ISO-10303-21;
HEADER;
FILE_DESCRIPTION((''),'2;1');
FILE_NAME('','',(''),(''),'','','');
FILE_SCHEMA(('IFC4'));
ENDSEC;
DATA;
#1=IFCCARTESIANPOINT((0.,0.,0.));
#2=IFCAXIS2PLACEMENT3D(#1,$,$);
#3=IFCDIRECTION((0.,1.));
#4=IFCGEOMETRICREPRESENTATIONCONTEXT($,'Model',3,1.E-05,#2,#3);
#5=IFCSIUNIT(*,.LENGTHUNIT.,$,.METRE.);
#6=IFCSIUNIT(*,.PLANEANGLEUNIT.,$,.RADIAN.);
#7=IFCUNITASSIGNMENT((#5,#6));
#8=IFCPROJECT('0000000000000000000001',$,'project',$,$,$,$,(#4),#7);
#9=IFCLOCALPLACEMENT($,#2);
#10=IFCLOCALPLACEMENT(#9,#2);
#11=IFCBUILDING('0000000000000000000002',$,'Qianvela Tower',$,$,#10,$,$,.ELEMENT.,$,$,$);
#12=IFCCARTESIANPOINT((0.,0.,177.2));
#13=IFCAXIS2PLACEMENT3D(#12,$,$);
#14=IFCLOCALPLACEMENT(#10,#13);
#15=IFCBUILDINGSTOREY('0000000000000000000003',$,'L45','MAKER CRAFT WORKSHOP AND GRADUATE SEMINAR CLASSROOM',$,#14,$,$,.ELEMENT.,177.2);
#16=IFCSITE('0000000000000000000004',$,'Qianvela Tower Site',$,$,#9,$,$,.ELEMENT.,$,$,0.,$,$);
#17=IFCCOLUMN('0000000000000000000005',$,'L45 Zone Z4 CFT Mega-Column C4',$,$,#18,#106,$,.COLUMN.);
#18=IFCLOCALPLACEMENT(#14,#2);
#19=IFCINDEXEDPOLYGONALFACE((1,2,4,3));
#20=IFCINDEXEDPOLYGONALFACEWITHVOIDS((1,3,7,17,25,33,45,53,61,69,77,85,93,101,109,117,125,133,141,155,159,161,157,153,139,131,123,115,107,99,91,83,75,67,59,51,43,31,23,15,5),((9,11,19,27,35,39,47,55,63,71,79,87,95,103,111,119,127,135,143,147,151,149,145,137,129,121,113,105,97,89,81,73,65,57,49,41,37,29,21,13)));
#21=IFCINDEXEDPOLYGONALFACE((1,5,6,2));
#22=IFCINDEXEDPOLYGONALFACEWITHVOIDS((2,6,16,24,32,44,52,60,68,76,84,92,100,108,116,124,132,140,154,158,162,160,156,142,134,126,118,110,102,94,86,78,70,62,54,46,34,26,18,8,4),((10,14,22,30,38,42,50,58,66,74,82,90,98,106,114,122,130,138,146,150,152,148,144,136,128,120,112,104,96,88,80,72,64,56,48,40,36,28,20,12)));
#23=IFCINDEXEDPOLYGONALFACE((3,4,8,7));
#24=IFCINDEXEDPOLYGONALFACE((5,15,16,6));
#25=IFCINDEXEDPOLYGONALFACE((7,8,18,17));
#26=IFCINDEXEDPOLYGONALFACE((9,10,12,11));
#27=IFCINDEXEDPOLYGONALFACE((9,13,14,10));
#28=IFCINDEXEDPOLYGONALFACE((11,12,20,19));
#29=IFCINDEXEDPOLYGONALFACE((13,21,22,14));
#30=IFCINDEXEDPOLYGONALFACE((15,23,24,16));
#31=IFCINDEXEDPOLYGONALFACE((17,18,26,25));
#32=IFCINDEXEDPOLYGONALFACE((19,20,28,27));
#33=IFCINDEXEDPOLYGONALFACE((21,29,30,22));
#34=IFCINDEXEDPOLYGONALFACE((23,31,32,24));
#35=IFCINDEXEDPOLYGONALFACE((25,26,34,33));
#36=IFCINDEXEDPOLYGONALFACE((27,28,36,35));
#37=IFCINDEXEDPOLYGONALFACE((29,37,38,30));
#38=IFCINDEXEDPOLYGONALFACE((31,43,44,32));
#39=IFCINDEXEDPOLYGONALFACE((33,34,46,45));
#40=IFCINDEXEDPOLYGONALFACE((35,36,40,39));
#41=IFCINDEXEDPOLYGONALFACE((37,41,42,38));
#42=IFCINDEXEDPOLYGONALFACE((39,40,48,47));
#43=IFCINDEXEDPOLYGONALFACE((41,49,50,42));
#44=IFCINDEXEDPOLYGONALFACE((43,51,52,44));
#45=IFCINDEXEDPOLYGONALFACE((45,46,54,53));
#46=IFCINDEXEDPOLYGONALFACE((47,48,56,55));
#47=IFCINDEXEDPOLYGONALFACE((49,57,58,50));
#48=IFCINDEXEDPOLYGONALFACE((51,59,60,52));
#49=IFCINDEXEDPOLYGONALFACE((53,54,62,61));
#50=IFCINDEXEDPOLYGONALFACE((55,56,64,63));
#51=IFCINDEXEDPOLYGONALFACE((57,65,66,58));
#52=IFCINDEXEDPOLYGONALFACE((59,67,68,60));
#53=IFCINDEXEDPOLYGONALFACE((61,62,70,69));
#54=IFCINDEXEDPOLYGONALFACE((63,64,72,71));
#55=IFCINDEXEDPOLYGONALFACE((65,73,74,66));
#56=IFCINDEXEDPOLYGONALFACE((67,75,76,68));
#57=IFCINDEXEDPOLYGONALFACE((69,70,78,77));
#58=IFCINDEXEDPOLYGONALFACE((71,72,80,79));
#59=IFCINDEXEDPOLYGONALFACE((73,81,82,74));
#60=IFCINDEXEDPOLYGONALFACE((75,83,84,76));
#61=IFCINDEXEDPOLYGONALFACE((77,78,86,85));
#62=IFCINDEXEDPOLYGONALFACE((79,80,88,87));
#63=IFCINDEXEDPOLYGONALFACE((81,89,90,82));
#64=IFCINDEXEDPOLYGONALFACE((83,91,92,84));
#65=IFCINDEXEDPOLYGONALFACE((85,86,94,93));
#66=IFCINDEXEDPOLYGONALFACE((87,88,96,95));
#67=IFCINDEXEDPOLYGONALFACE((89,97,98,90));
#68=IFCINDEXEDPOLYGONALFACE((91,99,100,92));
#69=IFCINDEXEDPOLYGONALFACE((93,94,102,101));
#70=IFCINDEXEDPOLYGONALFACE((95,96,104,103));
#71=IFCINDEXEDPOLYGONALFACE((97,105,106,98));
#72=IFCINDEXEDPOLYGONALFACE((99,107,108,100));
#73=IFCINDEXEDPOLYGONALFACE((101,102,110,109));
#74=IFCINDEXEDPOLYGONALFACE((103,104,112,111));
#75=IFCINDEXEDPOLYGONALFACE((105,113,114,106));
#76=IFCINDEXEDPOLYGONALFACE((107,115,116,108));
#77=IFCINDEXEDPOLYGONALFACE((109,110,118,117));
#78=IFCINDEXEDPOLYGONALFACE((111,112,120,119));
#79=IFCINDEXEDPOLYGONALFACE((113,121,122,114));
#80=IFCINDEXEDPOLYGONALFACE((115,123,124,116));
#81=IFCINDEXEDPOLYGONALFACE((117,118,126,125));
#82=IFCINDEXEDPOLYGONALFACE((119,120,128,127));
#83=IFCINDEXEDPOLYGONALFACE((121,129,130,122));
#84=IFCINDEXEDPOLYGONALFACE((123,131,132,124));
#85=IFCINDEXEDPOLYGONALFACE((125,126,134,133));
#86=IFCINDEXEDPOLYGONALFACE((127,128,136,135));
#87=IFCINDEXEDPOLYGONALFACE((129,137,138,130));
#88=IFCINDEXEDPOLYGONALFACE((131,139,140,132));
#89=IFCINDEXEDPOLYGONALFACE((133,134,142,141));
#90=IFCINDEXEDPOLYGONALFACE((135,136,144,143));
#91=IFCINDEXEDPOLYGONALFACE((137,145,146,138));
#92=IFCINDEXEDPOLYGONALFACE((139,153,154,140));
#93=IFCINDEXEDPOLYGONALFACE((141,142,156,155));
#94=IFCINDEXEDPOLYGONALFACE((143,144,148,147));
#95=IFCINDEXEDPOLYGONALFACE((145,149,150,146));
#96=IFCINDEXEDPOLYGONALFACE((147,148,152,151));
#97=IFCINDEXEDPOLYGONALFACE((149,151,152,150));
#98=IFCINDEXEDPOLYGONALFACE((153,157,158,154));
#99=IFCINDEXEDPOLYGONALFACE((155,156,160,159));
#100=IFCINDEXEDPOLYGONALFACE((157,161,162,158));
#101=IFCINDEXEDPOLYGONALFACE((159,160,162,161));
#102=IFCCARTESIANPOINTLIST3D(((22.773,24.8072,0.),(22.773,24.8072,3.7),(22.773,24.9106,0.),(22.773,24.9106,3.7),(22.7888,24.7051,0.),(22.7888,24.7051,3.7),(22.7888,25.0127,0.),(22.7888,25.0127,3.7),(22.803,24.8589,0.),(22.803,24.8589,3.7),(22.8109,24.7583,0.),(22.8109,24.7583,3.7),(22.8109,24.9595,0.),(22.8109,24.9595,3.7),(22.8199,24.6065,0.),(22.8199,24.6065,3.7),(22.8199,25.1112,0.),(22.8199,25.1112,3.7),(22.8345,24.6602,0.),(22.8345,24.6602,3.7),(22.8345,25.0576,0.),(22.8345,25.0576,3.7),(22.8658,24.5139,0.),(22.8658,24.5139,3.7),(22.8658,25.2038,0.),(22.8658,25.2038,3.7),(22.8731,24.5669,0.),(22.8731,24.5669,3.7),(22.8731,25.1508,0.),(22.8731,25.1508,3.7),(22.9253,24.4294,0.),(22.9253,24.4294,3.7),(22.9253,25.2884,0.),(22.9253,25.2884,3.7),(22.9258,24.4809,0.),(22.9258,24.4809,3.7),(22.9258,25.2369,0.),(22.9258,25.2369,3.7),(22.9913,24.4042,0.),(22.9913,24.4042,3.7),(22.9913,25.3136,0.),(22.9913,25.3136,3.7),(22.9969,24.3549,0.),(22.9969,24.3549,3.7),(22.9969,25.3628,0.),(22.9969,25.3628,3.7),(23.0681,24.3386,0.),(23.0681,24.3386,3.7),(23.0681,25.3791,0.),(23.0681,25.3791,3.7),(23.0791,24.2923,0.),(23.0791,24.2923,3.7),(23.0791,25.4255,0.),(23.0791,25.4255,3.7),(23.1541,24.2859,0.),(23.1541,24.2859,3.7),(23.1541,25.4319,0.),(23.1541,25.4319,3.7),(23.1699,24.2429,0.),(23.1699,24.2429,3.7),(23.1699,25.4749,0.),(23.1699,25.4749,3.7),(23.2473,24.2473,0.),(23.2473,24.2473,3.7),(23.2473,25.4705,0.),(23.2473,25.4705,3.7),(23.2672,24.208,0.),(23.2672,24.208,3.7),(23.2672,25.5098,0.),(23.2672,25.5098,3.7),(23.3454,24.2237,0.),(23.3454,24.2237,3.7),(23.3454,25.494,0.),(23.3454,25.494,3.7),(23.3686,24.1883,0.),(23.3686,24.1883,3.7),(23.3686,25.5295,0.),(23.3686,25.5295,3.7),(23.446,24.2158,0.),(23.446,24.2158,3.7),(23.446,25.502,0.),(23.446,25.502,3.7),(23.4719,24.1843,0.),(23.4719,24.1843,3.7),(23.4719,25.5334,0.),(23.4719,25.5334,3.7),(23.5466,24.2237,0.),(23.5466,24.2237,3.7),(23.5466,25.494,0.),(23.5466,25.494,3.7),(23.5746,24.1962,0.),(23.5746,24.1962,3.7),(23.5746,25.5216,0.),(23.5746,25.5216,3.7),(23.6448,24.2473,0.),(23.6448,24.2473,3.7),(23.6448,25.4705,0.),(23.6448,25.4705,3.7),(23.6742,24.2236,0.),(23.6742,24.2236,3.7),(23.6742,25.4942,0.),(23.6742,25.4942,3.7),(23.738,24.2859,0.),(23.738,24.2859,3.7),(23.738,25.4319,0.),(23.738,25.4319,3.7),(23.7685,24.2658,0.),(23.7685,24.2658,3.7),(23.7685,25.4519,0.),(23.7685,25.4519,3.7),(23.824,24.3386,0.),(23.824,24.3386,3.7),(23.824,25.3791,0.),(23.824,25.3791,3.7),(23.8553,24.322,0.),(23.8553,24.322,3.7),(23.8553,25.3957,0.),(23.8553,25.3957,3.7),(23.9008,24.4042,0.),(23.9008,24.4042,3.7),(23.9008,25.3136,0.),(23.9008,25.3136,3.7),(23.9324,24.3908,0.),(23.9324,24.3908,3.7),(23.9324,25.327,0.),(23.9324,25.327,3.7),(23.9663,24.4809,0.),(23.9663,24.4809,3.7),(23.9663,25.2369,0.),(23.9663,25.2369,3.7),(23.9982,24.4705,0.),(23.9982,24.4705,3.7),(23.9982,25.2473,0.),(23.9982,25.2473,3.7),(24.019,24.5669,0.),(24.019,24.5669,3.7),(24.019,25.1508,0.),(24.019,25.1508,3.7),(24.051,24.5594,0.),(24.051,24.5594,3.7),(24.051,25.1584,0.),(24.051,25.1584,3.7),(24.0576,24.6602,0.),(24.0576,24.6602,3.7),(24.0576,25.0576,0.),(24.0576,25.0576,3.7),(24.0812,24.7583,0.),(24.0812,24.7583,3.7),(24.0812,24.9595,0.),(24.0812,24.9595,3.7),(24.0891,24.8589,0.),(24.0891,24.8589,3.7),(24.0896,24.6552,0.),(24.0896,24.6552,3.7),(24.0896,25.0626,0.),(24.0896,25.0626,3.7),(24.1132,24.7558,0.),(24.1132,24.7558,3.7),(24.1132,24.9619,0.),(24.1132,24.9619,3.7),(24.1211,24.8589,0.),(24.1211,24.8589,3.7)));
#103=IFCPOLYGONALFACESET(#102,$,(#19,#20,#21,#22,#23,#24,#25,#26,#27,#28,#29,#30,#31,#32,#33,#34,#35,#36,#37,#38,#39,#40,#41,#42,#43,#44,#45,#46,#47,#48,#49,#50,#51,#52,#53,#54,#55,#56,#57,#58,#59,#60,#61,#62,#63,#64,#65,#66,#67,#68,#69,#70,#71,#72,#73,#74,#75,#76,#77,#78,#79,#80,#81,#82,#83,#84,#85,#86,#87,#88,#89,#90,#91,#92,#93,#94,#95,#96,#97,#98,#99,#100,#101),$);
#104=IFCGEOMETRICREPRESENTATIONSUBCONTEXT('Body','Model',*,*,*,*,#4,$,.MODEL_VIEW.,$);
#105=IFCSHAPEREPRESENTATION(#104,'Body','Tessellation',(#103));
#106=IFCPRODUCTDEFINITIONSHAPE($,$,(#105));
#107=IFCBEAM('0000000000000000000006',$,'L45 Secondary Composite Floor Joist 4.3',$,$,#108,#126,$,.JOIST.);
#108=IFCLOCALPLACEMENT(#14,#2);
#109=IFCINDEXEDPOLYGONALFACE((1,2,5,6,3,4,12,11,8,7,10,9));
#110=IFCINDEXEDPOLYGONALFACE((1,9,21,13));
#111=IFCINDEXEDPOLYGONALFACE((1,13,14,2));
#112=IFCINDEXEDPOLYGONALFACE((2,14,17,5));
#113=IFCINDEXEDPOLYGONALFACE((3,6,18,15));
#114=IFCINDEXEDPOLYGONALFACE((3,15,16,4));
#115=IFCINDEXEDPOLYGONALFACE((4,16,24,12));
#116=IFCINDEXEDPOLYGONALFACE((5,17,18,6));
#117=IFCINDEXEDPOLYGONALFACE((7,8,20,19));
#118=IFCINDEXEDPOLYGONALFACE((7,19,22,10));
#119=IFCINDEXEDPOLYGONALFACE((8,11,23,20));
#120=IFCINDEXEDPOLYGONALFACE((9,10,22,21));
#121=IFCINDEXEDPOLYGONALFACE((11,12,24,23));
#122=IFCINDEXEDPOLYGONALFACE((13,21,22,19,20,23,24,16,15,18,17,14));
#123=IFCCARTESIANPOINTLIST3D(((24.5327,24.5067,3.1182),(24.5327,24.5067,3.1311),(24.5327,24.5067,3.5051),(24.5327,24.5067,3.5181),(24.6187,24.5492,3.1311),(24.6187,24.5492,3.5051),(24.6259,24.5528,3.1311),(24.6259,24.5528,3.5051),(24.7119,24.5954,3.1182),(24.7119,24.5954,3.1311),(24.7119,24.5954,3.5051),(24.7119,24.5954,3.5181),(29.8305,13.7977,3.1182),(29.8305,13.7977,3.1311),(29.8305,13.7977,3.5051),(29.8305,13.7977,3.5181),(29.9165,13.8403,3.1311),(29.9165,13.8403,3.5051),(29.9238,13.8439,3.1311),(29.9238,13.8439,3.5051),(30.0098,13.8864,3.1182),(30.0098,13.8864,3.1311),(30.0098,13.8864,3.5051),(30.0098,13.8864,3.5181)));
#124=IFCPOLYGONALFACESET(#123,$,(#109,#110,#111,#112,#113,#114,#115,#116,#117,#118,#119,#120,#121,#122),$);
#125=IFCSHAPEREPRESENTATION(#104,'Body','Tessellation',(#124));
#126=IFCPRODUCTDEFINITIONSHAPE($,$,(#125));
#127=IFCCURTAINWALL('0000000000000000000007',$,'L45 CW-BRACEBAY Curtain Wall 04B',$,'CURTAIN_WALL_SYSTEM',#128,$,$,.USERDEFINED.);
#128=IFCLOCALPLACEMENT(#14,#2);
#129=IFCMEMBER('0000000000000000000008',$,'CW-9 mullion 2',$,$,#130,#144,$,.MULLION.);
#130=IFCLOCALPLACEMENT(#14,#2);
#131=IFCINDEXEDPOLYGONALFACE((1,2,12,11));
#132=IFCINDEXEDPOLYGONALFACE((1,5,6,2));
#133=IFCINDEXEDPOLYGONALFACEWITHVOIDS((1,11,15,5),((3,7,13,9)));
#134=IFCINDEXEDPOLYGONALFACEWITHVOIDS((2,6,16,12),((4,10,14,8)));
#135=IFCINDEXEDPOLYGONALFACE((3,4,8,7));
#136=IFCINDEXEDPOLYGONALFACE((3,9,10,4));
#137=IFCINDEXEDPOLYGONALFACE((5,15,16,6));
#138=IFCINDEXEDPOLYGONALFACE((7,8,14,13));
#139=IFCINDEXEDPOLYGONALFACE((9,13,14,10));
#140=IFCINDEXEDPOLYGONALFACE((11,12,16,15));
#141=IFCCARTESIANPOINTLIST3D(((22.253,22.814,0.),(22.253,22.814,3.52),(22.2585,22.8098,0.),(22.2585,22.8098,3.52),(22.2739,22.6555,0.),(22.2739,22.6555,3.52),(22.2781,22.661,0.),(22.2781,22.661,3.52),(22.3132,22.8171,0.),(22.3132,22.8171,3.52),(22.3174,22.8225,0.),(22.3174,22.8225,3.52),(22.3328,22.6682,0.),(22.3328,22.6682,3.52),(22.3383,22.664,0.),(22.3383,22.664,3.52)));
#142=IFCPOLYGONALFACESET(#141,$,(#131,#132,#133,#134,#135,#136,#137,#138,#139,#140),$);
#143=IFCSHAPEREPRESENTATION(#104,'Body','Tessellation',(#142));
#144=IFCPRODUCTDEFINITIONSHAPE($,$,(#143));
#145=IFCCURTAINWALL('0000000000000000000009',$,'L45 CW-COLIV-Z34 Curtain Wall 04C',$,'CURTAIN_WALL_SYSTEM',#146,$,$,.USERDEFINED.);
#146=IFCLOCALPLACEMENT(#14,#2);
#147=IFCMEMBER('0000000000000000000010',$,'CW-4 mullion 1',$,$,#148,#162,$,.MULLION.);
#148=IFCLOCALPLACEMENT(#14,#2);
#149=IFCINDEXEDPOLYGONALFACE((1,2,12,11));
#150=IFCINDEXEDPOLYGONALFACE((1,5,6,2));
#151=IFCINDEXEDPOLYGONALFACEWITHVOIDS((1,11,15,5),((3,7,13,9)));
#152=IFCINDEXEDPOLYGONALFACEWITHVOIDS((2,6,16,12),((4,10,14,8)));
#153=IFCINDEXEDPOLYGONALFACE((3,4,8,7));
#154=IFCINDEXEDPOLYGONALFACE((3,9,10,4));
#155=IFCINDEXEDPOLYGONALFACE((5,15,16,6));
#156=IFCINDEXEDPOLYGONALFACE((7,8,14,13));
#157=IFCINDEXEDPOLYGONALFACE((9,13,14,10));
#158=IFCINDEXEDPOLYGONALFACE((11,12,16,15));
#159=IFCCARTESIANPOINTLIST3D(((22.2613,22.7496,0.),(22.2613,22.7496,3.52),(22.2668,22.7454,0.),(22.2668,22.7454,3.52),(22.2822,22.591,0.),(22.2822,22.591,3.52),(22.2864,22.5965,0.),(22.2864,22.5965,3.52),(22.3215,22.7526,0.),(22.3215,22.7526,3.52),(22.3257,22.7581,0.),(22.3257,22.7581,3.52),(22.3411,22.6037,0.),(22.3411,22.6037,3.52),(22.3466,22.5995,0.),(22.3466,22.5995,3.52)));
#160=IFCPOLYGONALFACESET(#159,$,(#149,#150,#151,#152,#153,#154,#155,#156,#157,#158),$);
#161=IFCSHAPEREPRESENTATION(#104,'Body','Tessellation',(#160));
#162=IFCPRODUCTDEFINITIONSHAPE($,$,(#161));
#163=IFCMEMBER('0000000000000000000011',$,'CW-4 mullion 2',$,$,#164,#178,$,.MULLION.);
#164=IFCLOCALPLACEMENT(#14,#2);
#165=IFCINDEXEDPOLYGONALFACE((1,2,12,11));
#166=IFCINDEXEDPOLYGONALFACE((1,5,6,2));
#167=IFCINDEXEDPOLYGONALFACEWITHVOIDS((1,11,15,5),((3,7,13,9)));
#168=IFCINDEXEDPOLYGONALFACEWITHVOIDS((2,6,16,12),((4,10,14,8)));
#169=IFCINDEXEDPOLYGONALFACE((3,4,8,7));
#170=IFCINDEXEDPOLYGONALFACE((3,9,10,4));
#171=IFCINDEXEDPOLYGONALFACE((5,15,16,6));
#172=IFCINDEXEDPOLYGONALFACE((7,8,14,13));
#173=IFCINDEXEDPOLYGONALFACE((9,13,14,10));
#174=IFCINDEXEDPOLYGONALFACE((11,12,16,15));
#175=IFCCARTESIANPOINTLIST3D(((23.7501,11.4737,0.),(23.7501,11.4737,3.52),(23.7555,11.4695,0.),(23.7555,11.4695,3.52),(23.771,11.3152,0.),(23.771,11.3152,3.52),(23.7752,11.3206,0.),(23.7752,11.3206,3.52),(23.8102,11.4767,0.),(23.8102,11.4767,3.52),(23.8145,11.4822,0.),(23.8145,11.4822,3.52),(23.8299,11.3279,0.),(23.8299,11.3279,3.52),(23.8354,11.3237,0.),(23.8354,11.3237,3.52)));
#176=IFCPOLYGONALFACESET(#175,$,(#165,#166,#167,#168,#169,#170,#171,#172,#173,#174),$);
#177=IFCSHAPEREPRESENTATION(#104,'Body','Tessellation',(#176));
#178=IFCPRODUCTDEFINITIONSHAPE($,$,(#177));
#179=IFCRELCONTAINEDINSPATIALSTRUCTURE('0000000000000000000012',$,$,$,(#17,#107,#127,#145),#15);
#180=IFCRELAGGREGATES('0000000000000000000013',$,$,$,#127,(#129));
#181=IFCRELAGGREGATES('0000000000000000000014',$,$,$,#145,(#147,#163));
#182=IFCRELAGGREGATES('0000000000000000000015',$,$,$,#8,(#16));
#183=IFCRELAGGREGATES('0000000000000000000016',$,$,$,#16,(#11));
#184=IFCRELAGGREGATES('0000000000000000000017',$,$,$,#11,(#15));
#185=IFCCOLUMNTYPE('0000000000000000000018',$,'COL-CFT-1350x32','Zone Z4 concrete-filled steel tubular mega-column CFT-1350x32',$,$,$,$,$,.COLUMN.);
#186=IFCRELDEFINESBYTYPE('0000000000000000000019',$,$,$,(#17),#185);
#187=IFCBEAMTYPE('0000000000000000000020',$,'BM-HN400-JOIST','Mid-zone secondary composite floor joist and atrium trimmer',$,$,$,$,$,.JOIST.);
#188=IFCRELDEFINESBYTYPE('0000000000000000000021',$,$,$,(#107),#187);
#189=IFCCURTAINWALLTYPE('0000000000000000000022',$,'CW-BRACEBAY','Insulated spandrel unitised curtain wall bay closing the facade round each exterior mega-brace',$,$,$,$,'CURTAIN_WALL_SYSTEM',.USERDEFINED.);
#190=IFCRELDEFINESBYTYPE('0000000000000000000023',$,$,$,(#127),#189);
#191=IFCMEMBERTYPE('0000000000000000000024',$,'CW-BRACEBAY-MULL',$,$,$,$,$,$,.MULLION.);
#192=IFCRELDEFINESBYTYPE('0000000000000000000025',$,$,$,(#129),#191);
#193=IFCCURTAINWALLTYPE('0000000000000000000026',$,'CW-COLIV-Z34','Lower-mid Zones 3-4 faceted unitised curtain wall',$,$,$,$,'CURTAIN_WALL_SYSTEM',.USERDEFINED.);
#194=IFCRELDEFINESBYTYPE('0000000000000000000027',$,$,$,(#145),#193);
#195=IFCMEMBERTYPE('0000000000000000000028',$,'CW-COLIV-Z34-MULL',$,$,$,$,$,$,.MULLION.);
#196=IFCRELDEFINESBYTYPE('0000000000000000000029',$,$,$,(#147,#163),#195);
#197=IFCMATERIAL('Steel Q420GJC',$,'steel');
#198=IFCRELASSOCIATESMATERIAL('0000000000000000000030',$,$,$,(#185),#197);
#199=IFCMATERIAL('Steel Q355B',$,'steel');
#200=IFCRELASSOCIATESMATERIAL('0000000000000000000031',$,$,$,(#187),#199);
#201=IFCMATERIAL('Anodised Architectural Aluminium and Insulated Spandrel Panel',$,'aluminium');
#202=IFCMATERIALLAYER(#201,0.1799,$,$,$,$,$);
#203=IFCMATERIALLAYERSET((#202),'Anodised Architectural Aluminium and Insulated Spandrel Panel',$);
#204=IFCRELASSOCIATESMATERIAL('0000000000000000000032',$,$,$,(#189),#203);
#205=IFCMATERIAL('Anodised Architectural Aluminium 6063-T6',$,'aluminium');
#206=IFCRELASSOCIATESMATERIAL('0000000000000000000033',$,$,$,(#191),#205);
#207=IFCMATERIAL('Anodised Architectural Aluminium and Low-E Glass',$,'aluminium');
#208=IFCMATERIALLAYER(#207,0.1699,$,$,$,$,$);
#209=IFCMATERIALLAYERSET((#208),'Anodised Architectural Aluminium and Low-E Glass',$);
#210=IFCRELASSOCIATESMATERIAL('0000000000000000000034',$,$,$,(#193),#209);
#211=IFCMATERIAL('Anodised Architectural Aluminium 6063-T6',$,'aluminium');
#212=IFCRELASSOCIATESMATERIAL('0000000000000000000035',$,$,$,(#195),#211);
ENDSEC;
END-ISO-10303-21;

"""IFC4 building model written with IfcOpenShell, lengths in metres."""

from ifc_helpers import new_model, si_unit, direction, frame, origin, origin_2d, place, context, subcontext, project, spatial, hollow_rectangle, hollow_circle, i_section, extrude, material, layer, layer_set, material_profile, profile_set, type_object, element, aggregate, save


model = new_model("IFC4")

# Units and contexts
model_context = context("Model", 3, precision=1e-05, world=origin(), true_north=direction((0.0, 1.0)))
body_context = subcontext(model_context, "Body", "Model", "MODEL_VIEW")
ifc_project = project(units=[si_unit("LENGTHUNIT", "METRE"), si_unit("PLANEANGLEUNIT", "RADIAN")], contexts=[model_context])

# Site, building, storey
site_placement = place(None, origin())
site = spatial("IfcSite", under=ifc_project, at=site_placement, Name="Qianvela Tower Site", CompositionType="ELEMENT", RefElevation=0.0)
building_placement = place(site_placement, origin())
building = spatial("IfcBuilding", under=site, at=building_placement, Name="Qianvela Tower", CompositionType="ELEMENT")
storey_placement = place(building_placement, frame((0.0, 0.0, 177.2)))
storey = spatial("IfcBuildingStorey", under=building, at=storey_placement, Name="L45", Description="MAKER CRAFT WORKSHOP AND GRADUATE SEMINAR CLASSROOM", CompositionType="ELEMENT", Elevation=177.2)

# Column
ifc_material_1 = material(Name="Steel Q420GJC", Category="steel")
ifc_material_profile_1 = material_profile(ifc_material_1, hollow_circle(Radius=0.675, WallThickness=0.032, at=origin_2d()), Name="CFT-1350x32")
ifc_profile_set_1 = profile_set([ifc_material_profile_1], Name="Steel Q420GJC")
column_type = type_object("IfcColumnType", Name="COL-CFT-1350x32", Description="Zone Z4 concrete-filled steel tubular mega-column CFT-1350x32", PredefinedType="COLUMN", material=ifc_profile_set_1)
column_placement = place(storey_placement, frame((23.446, 24.8589, 0.0), z_axis=(0.0, 0.0, 1.0), x_axis=(1.0, 0.0, 0.0)))
element("IfcColumn", 1, at=column_placement, inside=storey, type_object=column_type, Name="L45 Zone Z4 CFT Mega-Column C4", PredefinedType="COLUMN", context=body_context, shape_type="SweptSolid", body=[
    extrude(hollow_circle(Radius=0.675, WallThickness=0.032, at=origin_2d()), origin(), (0.0, 0.0, 1.0), 3.7),
])

# Beam
ifc_material_2 = material(Name="Steel Q355B", Category="steel")
ifc_material_profile_2 = material_profile(ifc_material_2, i_section(OverallWidth=0.2, OverallDepth=0.3999, WebThickness=0.0081, FlangeThickness=0.0129, at=origin_2d()), Name="HN400x200x8x13")
ifc_profile_set_2 = profile_set([ifc_material_profile_2], Name="Steel Q355B")
beam_type = type_object("IfcBeamType", Name="BM-HN400-JOIST", Description="Mid-zone secondary composite floor joist and atrium trimmer", PredefinedType="JOIST", material=ifc_profile_set_2)
beam_placement = place(storey_placement, frame((24.6223, 24.551, 3.3181), z_axis=(0.443417, -0.896315, 0.0), x_axis=(0.896315, 0.443417, 0.0)))
element("IfcBeam", 2, at=beam_placement, inside=storey, type_object=beam_type, Name="L45 Secondary Composite Floor Joist 4.3", PredefinedType="JOIST", context=body_context, shape_type="SweptSolid", body=[
    extrude(i_section(OverallWidth=0.2, OverallDepth=0.3999, WebThickness=0.0081, FlangeThickness=0.0129, at=origin_2d()), origin(), (0.0, 0.0, 1.0), 11.9478),
])

# Curtain wall, member
ifc_material_3 = material(Name="Anodised Architectural Aluminium and Insulated Spandrel Panel", Category="aluminium")
ifc_layer_1 = layer(ifc_material_3, 0.1799)
ifc_layer_set_1 = layer_set([ifc_layer_1], Name="Anodised Architectural Aluminium and Insulated Spandrel Panel")
curtain_wall_type_1 = type_object("IfcCurtainWallType", Name="CW-BRACEBAY", Description="Insulated spandrel unitised curtain wall bay closing the facade round each exterior mega-brace", ElementType="CURTAIN_WALL_SYSTEM", PredefinedType="USERDEFINED", material=ifc_layer_set_1)
curtain_wall_1_placement = place(storey_placement, origin())
curtain_wall_1 = element("IfcCurtainWall", 3, at=curtain_wall_1_placement, inside=storey, type_object=curtain_wall_type_1, Name="L45 CW-BRACEBAY Curtain Wall 04B", ObjectType="CURTAIN_WALL_SYSTEM", PredefinedType="USERDEFINED")
ifc_material_4 = material(Name="Anodised Architectural Aluminium 6063-T6", Category="aluminium")
ifc_material_profile_3 = material_profile(ifc_material_4, hollow_rectangle(XDim=0.0649, YDim=0.1599, WallThickness=0.0049, at=origin_2d()), Name="ALU-MULL-65x160")
ifc_profile_set_3 = profile_set([ifc_material_profile_3], Name="Anodised Architectural Aluminium 6063-T6")
member_type_1 = type_object("IfcMemberType", Name="CW-BRACEBAY-MULL", PredefinedType="MULLION", material=ifc_profile_set_3)
member_1_placement = place(storey_placement, frame((22.2957, 22.739, 0.0), z_axis=(0.0, 0.0, 1.0), x_axis=(0.991402, 0.130854, 0.0)))
member_1 = element("IfcMember", 4, at=member_1_placement, type_object=member_type_1, Name="CW-9 mullion 2", PredefinedType="MULLION", context=body_context, shape_type="SweptSolid", body=[
    extrude(hollow_rectangle(XDim=0.0649, YDim=0.1599, WallThickness=0.0049, at=origin_2d()), origin(), (0.0, 0.0, 1.0), 3.52),
])

# Curtain wall, members
ifc_material_5 = material(Name="Anodised Architectural Aluminium and Low-E Glass", Category="aluminium")
ifc_layer_2 = layer(ifc_material_5, 0.1699)
ifc_layer_set_2 = layer_set([ifc_layer_2], Name="Anodised Architectural Aluminium and Low-E Glass")
curtain_wall_type_2 = type_object("IfcCurtainWallType", Name="CW-COLIV-Z34", Description="Lower-mid Zones 3-4 faceted unitised curtain wall", ElementType="CURTAIN_WALL_SYSTEM", PredefinedType="USERDEFINED", material=ifc_layer_set_2)
curtain_wall_2_placement = place(storey_placement, origin())
curtain_wall_2 = element("IfcCurtainWall", 5, at=curtain_wall_2_placement, inside=storey, type_object=curtain_wall_type_2, Name="L45 CW-COLIV-Z34 Curtain Wall 04C", ObjectType="CURTAIN_WALL_SYSTEM", PredefinedType="USERDEFINED")
ifc_material_6 = material(Name="Anodised Architectural Aluminium 6063-T6", Category="aluminium")
ifc_material_profile_4 = material_profile(ifc_material_6, hollow_rectangle(XDim=0.0649, YDim=0.1599, WallThickness=0.0049, at=origin_2d()), Name="ALU-MULL-65x160")
ifc_profile_set_4 = profile_set([ifc_material_profile_4], Name="Anodised Architectural Aluminium 6063-T6")
member_type_2 = type_object("IfcMemberType", Name="CW-COLIV-Z34-MULL", PredefinedType="MULLION", material=ifc_profile_set_4)
member_2_placement = place(storey_placement, frame((22.304, 22.6746, 0.0), z_axis=(0.0, 0.0, 1.0), x_axis=(0.991398, 0.130879, 0.0)))
member_2 = element("IfcMember", 6, at=member_2_placement, type_object=member_type_2, Name="CW-4 mullion 1", PredefinedType="MULLION", context=body_context, shape_type="SweptSolid", body=[
    extrude(hollow_rectangle(XDim=0.0649, YDim=0.1599, WallThickness=0.0049, at=origin_2d()), origin(), (0.0, 0.0, 1.0), 3.52),
])
member_3_placement = place(storey_placement, frame((23.7927, 11.3987, 0.0), z_axis=(0.0, 0.0, 1.0), x_axis=(0.991398, 0.130879, 0.0)))
member_3 = element("IfcMember", 7, at=member_3_placement, type_object=member_type_2, Name="CW-4 mullion 2", PredefinedType="MULLION", context=body_context, shape_type="SweptSolid", body=[
    extrude(hollow_rectangle(XDim=0.0649, YDim=0.1599, WallThickness=0.0049, at=origin_2d()), origin(), (0.0, 0.0, 1.0), 3.52),
])

aggregate(curtain_wall_1, [member_1])
aggregate(curtain_wall_2, [member_2, member_3])

save(model, "model.ifc")
